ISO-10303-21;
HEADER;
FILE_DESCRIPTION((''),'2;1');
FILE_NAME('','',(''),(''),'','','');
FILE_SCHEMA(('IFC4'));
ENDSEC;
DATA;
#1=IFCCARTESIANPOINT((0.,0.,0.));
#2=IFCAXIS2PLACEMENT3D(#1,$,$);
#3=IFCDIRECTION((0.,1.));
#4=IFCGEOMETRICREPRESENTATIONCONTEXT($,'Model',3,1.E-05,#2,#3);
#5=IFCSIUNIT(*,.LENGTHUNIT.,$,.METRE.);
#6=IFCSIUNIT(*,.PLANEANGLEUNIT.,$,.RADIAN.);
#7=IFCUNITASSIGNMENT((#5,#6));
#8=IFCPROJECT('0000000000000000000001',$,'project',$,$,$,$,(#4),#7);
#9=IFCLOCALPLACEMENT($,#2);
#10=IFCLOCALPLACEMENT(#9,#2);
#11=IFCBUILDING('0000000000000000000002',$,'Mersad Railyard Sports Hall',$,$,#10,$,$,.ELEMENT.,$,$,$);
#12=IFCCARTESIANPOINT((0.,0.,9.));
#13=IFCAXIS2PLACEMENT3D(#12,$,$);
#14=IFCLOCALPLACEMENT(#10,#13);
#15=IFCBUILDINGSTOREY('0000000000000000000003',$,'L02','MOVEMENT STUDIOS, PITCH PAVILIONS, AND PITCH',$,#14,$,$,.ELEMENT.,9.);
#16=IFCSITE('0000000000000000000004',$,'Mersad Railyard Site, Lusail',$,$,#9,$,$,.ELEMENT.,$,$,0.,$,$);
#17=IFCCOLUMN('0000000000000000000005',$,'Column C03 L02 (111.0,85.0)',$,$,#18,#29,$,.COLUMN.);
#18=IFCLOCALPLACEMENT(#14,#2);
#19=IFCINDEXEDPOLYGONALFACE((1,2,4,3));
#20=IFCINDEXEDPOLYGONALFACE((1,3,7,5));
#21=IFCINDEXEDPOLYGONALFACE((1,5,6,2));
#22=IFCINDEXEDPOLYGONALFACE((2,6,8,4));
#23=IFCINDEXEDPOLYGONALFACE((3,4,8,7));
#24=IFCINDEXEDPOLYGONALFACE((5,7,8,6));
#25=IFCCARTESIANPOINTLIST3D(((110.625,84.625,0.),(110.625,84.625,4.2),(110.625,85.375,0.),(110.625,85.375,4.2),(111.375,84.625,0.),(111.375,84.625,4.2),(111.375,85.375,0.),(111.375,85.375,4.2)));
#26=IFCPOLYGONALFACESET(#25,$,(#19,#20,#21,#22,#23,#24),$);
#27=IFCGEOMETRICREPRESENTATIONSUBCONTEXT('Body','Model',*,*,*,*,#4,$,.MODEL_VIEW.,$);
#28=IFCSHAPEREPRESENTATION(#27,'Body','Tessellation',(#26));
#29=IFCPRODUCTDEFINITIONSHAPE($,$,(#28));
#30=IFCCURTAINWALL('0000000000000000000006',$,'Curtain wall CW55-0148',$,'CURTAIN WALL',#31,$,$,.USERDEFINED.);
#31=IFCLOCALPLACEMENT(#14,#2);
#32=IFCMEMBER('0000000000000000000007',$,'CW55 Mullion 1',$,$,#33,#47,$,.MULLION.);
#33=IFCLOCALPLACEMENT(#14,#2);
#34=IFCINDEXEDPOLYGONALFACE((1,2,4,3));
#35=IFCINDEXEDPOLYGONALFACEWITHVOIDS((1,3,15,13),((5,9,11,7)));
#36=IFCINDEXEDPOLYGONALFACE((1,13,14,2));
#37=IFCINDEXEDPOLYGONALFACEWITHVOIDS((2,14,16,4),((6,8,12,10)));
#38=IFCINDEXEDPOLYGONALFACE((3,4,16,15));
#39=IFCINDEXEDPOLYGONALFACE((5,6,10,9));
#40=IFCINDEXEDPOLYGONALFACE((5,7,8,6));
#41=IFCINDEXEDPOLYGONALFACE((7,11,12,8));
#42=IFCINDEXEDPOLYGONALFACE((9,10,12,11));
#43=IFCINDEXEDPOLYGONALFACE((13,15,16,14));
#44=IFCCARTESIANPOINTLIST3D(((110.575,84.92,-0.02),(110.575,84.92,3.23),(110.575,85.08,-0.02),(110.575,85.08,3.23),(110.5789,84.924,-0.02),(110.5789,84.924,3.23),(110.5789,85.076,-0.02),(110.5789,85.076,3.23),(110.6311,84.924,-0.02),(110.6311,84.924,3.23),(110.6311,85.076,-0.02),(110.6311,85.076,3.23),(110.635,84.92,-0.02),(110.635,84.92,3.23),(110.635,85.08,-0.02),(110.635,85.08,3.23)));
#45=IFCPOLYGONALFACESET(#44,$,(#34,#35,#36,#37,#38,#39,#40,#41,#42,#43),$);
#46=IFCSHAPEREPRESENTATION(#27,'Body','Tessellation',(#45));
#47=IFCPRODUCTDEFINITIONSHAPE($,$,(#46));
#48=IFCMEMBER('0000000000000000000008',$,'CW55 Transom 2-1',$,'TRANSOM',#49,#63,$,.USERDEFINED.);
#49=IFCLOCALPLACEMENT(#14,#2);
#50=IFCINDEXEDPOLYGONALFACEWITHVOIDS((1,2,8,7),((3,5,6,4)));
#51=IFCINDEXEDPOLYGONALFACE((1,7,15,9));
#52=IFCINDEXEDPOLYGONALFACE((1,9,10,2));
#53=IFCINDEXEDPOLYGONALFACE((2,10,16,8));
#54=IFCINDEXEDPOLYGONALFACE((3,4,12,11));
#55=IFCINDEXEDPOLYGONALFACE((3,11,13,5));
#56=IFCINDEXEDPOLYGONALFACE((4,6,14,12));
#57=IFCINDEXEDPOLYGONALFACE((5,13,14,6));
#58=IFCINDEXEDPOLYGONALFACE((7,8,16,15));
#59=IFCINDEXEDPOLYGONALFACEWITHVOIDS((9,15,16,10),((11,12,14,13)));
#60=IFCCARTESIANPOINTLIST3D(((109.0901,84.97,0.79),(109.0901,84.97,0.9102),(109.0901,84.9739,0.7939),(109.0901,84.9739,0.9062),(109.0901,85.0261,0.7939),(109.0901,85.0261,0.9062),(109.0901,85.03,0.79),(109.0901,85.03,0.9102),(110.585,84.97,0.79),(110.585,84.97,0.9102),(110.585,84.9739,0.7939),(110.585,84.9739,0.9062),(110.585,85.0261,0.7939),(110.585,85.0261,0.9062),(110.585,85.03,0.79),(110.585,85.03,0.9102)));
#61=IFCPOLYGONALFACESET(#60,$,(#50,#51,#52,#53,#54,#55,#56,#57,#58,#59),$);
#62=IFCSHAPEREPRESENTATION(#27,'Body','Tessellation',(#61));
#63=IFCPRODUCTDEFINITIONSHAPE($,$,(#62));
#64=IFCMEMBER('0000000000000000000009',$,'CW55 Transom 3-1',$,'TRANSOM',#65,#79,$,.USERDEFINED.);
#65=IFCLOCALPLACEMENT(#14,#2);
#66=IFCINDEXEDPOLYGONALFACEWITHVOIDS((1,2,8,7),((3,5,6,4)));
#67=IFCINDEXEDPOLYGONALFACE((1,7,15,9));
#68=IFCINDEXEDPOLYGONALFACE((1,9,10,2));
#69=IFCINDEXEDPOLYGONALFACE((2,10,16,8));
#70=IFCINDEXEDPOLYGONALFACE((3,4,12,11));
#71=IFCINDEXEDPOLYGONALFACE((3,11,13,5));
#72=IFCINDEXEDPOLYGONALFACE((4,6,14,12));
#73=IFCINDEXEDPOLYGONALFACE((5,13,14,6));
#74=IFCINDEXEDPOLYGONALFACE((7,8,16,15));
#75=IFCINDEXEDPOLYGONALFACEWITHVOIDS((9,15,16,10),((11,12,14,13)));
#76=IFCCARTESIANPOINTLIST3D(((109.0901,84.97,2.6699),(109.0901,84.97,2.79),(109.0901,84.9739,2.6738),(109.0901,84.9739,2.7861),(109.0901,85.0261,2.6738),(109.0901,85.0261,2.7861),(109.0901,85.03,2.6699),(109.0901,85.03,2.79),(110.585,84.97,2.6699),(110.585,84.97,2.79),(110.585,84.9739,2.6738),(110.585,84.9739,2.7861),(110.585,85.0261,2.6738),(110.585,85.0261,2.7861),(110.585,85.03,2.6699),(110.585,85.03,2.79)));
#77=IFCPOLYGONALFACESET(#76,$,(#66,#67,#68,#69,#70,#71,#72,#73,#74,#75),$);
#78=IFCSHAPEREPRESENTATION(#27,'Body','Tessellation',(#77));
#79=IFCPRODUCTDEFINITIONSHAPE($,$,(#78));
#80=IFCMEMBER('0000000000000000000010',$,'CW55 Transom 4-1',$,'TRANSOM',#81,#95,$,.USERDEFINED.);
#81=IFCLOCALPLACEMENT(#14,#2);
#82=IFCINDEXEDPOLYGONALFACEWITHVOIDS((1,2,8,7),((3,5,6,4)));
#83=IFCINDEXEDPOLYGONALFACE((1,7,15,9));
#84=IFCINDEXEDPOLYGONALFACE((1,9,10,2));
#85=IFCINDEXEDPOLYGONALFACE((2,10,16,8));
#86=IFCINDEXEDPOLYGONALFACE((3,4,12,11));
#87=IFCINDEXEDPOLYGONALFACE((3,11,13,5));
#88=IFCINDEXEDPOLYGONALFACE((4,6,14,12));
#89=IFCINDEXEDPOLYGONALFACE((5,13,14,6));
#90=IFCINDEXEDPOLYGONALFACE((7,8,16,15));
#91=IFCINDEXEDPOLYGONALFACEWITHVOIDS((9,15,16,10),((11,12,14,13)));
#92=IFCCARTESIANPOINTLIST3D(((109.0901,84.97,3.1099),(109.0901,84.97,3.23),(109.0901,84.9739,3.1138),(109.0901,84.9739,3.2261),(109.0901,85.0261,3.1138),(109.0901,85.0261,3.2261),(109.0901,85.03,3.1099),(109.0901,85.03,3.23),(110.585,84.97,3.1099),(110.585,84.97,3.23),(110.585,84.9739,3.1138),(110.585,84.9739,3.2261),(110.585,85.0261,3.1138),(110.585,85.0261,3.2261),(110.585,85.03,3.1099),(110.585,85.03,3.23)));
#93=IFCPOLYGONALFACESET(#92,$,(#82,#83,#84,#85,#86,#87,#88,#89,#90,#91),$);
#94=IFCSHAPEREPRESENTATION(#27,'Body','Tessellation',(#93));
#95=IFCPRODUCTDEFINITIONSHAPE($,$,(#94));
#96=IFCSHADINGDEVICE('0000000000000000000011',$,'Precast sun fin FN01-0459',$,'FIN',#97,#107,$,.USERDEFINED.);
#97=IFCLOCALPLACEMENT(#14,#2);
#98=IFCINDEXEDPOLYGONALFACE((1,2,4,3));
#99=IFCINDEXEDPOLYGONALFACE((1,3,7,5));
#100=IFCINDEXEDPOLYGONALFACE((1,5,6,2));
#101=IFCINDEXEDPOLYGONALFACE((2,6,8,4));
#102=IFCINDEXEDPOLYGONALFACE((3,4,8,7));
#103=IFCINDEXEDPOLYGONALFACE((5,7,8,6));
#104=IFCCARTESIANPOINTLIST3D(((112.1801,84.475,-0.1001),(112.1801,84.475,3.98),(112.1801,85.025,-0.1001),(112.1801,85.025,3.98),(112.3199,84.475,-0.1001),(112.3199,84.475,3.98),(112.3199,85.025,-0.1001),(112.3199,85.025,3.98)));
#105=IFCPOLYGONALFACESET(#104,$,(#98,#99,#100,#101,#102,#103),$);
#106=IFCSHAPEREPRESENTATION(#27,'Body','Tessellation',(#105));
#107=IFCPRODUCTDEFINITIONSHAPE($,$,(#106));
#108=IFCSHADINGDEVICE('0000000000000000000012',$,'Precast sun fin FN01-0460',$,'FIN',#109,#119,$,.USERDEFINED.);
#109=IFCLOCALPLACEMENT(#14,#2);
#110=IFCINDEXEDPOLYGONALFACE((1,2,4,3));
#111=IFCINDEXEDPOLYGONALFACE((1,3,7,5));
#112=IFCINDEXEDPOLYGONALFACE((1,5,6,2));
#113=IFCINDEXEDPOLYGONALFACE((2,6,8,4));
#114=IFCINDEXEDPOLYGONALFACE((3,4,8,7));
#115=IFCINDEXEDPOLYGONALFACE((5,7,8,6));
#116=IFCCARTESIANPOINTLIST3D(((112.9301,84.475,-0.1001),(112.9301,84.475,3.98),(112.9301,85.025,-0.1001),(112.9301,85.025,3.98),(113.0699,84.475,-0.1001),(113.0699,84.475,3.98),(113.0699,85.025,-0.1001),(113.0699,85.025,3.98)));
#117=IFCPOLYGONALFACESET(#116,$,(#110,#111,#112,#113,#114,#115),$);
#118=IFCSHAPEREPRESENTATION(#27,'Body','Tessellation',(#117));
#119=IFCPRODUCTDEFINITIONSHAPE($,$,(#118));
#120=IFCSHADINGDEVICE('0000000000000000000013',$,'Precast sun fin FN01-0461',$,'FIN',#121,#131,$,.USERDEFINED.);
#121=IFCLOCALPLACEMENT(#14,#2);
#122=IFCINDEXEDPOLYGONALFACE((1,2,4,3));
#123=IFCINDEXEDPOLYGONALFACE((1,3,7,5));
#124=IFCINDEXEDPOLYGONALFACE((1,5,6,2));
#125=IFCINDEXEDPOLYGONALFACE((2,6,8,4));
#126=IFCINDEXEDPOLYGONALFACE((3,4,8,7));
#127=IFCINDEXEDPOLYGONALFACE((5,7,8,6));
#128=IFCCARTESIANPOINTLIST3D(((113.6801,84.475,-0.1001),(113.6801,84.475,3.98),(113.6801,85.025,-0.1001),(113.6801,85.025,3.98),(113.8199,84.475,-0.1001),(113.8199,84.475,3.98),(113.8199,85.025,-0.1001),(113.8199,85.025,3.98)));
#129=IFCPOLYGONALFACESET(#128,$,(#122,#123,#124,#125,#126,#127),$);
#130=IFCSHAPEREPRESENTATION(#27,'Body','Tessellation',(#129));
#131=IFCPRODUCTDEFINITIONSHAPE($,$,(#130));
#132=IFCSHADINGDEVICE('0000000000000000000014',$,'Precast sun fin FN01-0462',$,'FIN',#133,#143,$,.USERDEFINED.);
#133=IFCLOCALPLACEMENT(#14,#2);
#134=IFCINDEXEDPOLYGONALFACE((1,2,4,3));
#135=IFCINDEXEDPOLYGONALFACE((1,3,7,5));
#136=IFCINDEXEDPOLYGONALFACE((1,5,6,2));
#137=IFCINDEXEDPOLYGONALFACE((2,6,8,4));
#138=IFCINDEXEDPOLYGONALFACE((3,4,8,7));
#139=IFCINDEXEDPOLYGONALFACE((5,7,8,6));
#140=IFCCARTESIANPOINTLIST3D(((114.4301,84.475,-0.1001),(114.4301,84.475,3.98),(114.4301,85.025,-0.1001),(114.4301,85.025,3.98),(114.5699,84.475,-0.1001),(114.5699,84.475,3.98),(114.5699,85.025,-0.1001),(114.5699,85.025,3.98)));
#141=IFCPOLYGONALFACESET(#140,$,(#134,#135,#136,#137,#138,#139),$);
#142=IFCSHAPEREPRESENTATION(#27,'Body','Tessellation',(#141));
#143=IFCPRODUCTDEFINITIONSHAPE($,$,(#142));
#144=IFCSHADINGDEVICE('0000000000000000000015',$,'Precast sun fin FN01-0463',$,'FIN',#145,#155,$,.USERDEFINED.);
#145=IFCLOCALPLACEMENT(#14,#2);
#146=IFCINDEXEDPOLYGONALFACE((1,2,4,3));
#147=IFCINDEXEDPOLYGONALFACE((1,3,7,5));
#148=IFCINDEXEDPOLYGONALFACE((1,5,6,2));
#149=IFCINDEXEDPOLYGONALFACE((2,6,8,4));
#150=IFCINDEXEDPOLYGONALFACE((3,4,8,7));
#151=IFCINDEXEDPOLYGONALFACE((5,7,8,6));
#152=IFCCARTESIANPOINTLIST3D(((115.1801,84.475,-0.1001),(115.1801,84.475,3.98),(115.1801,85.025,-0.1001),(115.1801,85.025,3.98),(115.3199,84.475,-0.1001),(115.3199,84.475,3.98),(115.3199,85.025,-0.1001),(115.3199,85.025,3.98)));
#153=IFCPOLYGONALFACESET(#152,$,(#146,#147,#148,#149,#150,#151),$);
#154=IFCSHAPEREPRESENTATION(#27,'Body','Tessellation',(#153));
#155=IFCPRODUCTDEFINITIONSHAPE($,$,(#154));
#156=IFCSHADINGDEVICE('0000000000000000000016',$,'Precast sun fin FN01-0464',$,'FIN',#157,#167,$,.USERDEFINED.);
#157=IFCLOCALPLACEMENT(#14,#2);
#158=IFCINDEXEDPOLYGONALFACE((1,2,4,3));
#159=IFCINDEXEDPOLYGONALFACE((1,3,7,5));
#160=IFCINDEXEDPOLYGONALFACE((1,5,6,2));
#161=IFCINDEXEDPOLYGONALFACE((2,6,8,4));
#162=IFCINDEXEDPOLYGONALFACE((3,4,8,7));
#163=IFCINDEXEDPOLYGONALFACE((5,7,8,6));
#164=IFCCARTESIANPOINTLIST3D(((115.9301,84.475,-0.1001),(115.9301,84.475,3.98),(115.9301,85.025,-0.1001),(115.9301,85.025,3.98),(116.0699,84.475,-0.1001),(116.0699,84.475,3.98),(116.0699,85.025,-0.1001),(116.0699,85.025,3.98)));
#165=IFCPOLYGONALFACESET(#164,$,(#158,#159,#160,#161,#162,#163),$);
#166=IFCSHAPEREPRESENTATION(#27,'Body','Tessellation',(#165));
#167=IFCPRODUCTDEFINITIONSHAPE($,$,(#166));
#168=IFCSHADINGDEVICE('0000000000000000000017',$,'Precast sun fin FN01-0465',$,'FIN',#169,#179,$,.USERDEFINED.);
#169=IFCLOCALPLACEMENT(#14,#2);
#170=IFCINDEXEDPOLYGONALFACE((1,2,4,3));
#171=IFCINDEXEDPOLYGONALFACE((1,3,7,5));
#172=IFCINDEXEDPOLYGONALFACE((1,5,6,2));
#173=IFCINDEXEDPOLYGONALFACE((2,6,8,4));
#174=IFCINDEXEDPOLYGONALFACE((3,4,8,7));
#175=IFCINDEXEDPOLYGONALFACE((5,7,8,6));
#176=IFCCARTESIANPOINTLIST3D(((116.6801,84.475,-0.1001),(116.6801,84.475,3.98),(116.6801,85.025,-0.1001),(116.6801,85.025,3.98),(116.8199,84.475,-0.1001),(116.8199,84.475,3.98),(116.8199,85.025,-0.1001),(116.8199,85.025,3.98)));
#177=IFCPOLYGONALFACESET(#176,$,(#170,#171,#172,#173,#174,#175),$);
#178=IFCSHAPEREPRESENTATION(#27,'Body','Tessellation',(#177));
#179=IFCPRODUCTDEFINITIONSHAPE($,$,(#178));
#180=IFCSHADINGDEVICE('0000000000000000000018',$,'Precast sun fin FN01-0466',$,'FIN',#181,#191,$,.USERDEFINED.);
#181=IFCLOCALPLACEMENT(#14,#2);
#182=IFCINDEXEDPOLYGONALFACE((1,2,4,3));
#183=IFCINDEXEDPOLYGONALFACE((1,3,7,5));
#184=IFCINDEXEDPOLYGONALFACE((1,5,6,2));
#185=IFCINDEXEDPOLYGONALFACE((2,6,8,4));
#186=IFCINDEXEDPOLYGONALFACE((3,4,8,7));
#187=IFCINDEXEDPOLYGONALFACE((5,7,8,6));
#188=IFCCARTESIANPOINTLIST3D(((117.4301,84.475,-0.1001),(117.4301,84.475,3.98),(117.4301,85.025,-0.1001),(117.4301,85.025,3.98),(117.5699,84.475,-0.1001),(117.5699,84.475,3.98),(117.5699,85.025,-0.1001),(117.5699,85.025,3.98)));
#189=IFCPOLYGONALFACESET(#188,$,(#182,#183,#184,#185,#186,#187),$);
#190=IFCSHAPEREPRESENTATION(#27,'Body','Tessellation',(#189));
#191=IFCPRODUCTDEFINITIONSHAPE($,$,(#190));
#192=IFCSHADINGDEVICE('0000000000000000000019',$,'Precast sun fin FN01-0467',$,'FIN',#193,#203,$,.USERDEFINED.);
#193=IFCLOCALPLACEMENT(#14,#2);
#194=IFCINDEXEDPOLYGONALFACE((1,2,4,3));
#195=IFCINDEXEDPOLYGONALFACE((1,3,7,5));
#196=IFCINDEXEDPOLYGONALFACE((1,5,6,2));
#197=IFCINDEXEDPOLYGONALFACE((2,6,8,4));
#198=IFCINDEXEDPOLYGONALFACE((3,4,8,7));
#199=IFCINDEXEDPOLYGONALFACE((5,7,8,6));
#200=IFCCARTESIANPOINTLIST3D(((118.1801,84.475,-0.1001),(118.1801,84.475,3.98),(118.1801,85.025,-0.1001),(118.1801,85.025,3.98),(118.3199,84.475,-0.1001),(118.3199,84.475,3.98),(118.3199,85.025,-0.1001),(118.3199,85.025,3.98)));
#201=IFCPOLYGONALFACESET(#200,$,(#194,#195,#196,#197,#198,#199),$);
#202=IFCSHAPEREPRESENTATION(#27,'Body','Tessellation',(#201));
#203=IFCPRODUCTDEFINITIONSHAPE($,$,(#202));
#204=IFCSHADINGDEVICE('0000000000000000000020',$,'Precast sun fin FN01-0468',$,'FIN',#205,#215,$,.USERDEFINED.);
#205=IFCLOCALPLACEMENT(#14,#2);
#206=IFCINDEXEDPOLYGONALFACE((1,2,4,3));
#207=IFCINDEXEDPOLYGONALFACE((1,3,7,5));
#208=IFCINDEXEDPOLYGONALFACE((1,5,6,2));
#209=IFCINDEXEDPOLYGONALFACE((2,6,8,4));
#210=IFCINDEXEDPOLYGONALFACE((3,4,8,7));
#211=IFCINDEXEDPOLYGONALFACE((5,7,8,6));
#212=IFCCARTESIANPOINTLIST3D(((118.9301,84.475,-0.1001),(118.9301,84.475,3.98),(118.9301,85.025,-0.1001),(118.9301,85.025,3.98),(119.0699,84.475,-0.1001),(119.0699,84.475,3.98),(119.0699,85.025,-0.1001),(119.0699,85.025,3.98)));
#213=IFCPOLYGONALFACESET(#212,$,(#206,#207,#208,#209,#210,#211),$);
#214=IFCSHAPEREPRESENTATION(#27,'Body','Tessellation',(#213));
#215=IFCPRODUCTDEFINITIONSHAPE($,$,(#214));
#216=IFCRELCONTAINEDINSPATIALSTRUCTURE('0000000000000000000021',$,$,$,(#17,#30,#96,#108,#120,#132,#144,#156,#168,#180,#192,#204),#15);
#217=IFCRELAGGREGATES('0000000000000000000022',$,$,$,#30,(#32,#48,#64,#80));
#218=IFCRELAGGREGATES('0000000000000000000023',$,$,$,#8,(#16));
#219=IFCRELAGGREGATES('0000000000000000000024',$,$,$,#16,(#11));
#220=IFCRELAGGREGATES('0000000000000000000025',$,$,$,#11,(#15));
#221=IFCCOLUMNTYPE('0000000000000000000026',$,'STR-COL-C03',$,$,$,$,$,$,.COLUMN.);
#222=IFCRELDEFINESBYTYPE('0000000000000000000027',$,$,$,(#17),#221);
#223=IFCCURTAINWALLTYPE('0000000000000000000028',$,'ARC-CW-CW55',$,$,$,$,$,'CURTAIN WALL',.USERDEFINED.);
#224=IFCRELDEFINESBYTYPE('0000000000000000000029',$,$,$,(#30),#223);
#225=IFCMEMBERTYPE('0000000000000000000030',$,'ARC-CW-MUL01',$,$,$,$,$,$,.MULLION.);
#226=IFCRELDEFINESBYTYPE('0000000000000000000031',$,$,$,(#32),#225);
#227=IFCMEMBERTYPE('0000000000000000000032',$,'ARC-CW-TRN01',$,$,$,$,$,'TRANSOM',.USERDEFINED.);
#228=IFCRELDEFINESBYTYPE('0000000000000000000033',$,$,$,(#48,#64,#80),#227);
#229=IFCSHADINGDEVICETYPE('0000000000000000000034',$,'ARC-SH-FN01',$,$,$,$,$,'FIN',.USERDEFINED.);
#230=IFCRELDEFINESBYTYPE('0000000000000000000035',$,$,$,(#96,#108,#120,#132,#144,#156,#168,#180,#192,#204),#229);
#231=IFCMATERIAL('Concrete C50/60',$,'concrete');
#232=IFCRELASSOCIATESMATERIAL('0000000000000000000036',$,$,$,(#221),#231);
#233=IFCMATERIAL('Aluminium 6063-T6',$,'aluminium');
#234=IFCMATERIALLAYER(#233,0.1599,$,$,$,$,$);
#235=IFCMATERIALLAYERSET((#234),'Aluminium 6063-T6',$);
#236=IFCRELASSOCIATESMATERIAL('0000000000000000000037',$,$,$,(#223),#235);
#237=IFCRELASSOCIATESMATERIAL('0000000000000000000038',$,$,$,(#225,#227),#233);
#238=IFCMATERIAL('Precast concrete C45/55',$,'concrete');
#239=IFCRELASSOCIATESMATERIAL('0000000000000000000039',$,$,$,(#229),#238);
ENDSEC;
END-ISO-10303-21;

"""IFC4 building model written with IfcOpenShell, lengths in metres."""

from ifc_helpers import new_model, si_unit, direction, frame, origin, origin_2d, place, context, subcontext, project, spatial, rectangle, hollow_rectangle, extrude, material, layer, layer_set, material_profile, profile_set, type_object, element, aggregate, save


model = new_model("IFC4")

# Units and contexts
model_context = context("Model", 3, precision=1e-05, world=origin(), true_north=direction((0.0, 1.0)))
body_context = subcontext(model_context, "Body", "Model", "MODEL_VIEW")
ifc_project = project(units=[si_unit("LENGTHUNIT", "METRE"), si_unit("PLANEANGLEUNIT", "RADIAN")], contexts=[model_context])

# Site, building, storey
site_placement = place(None, origin())
site = spatial("IfcSite", under=ifc_project, at=site_placement, Name="Mersad Railyard Site, Lusail", CompositionType="ELEMENT", RefElevation=0.0)
building_placement = place(site_placement, origin())
building = spatial("IfcBuilding", under=site, at=building_placement, Name="Mersad Railyard Sports Hall", CompositionType="ELEMENT")
storey_placement = place(building_placement, frame((0.0, 0.0, 9.0)))
storey = spatial("IfcBuildingStorey", under=building, at=storey_placement, Name="L02", Description="MOVEMENT STUDIOS, PITCH PAVILIONS, AND PITCH", CompositionType="ELEMENT", Elevation=9.0)

# Column
ifc_material_1 = material(Name="Concrete C50/60", Category="concrete")
ifc_material_profile_1 = material_profile(ifc_material_1, rectangle(XDim=0.75, YDim=0.75, at=origin_2d()), Name="RC 750x750")
ifc_profile_set_1 = profile_set([ifc_material_profile_1], Name="Concrete C50/60")
column_type = type_object("IfcColumnType", Name="STR-COL-C03", PredefinedType="COLUMN", material=ifc_profile_set_1)
column_placement = place(storey_placement, frame((111.0, 85.0, 0.0), z_axis=(0.0, 0.0, 1.0), x_axis=(1.0, 0.0, 0.0)))
element("IfcColumn", 1, at=column_placement, inside=storey, type_object=column_type, Name="Column C03 L02 (111.0,85.0)", PredefinedType="COLUMN", context=body_context, shape_type="SweptSolid", body=[
    extrude(rectangle(XDim=0.75, YDim=0.75, at=origin_2d()), origin(), (0.0, 0.0, 1.0), 4.2),
])

# Curtain wall, members
ifc_material_2 = material(Name="Aluminium 6063-T6", Category="aluminium")
ifc_layer = layer(ifc_material_2, 0.1599)
ifc_layer_set = layer_set([ifc_layer], Name="Aluminium 6063-T6")
curtain_wall_type = type_object("IfcCurtainWallType", Name="ARC-CW-CW55", ElementType="CURTAIN WALL", PredefinedType="USERDEFINED", material=ifc_layer_set)
curtain_wall_placement = place(storey_placement, origin())
curtain_wall = element("IfcCurtainWall", 2, at=curtain_wall_placement, inside=storey, type_object=curtain_wall_type, Name="Curtain wall CW55-0148", ObjectType="CURTAIN WALL", PredefinedType="USERDEFINED")
ifc_material_profile_2 = material_profile(ifc_material_2, hollow_rectangle(XDim=0.0601, YDim=0.1599, WallThickness=0.0039, at=origin_2d()), Name="AL MULLION 60x160x4")
ifc_profile_set_2 = profile_set([ifc_material_profile_2], Name="Aluminium 6063-T6")
member_type_1 = type_object("IfcMemberType", Name="ARC-CW-MUL01", PredefinedType="MULLION", material=ifc_profile_set_2)
member_1_placement = place(storey_placement, frame((110.605, 85.0, -0.02), z_axis=(0.0, 0.0, 1.0), x_axis=(1.0, 0.0, 0.0)))
member_1 = element("IfcMember", 3, at=member_1_placement, type_object=member_type_1, Name="CW55 Mullion 1", PredefinedType="MULLION", context=body_context, shape_type="SweptSolid", body=[
    extrude(hollow_rectangle(XDim=0.0601, YDim=0.1599, WallThickness=0.0039, at=origin_2d()), origin(), (0.0, 0.0, 1.0), 3.25),
])
ifc_material_profile_3 = material_profile(ifc_material_2, hollow_rectangle(XDim=0.0601, YDim=0.1201, WallThickness=0.0039, at=origin_2d()), Name="AL TRANSOM 60x120x4")
ifc_profile_set_3 = profile_set([ifc_material_profile_3], Name="Aluminium 6063-T6")
member_type_2 = type_object("IfcMemberType", Name="ARC-CW-TRN01", ElementType="TRANSOM", PredefinedType="USERDEFINED", material=ifc_profile_set_3)
member_2_placement = place(storey_placement, frame((110.585, 85.0, 0.8501), z_axis=(-1.0, 0.0, 0.0), x_axis=(0.0, -1.0, 0.0)))
member_2 = element("IfcMember", 4, at=member_2_placement, type_object=member_type_2, Name="CW55 Transom 2-1", ObjectType="TRANSOM", PredefinedType="USERDEFINED", context=body_context, shape_type="SweptSolid", body=[
    extrude(hollow_rectangle(XDim=0.0601, YDim=0.1201, WallThickness=0.0039, at=origin_2d()), origin(), (0.0, 0.0, 1.0), 1.4949),
])
member_3_placement = place(storey_placement, frame((110.585, 85.0, 2.73), z_axis=(-1.0, 0.0, 0.0), x_axis=(0.0, -1.0, 0.0)))
member_3 = element("IfcMember", 5, at=member_3_placement, type_object=member_type_2, Name="CW55 Transom 3-1", ObjectType="TRANSOM", PredefinedType="USERDEFINED", context=body_context, shape_type="SweptSolid", body=[
    extrude(hollow_rectangle(XDim=0.0601, YDim=0.1201, WallThickness=0.0039, at=origin_2d()), origin(), (0.0, 0.0, 1.0), 1.4949),
])
member_4_placement = place(storey_placement, frame((110.585, 85.0, 3.1699), z_axis=(-1.0, 0.0, 0.0), x_axis=(0.0, -1.0, 0.0)))
member_4 = element("IfcMember", 6, at=member_4_placement, type_object=member_type_2, Name="CW55 Transom 4-1", ObjectType="TRANSOM", PredefinedType="USERDEFINED", context=body_context, shape_type="SweptSolid", body=[
    extrude(hollow_rectangle(XDim=0.0601, YDim=0.1201, WallThickness=0.0039, at=origin_2d()), origin(), (0.0, 0.0, 1.0), 1.4949),
])
aggregate(curtain_wall, [member_1, member_2, member_3, member_4])

# Shading devices
ifc_material_3 = material(Name="Precast concrete C45/55", Category="concrete")
shading_device_type = type_object("IfcShadingDeviceType", Name="ARC-SH-FN01", ElementType="FIN", PredefinedType="USERDEFINED", material=ifc_material_3)
for number, where, z_axis, x_axis, name in (
    (7, (112.25, 84.75, -0.1001), (0.0, 0.0, 1.0), (1.0, 0.0, 0.0), "Precast sun fin FN01-0459"),
    (8, (113.0, 84.75, -0.1001), (0.0, 0.0, 1.0), (1.0, 0.0, 0.0), "Precast sun fin FN01-0460"),
    (9, (113.75, 84.75, -0.1001), (0.0, 0.0, 1.0), (1.0, 0.0, 0.0), "Precast sun fin FN01-0461"),
    (10, (114.5, 84.75, -0.1001), (0.0, 0.0, 1.0), (1.0, 0.0, 0.0), "Precast sun fin FN01-0462"),
    (11, (115.25, 84.75, -0.1001), (0.0, 0.0, 1.0), (1.0, 0.0, 0.0), "Precast sun fin FN01-0463"),
    (12, (116.0, 84.75, -0.1001), (0.0, 0.0, 1.0), (1.0, 0.0, 0.0), "Precast sun fin FN01-0464"),
    (13, (116.75, 84.75, -0.1001), (0.0, 0.0, 1.0), (1.0, 0.0, 0.0), "Precast sun fin FN01-0465"),
    (14, (117.5, 84.75, -0.1001), (0.0, 0.0, 1.0), (1.0, 0.0, 0.0), "Precast sun fin FN01-0466"),
    (15, (118.25, 84.75, -0.1001), (0.0, 0.0, 1.0), (1.0, 0.0, 0.0), "Precast sun fin FN01-0467"),
    (16, (119.0, 84.75, -0.1001), (0.0, 0.0, 1.0), (1.0, 0.0, 0.0), "Precast sun fin FN01-0468"),
):
    element("IfcShadingDevice", number, at=place(storey_placement, frame(where, z_axis=z_axis, x_axis=x_axis)), inside=storey, type_object=shading_device_type, Name=name, ObjectType="FIN", PredefinedType="USERDEFINED", context=body_context, shape_type="SweptSolid", body=[
        extrude(rectangle(XDim=0.1399, YDim=0.55, at=origin_2d()), origin(), (0.0, 0.0, 1.0), 4.0801),
    ])

save(model, "model.ifc")
